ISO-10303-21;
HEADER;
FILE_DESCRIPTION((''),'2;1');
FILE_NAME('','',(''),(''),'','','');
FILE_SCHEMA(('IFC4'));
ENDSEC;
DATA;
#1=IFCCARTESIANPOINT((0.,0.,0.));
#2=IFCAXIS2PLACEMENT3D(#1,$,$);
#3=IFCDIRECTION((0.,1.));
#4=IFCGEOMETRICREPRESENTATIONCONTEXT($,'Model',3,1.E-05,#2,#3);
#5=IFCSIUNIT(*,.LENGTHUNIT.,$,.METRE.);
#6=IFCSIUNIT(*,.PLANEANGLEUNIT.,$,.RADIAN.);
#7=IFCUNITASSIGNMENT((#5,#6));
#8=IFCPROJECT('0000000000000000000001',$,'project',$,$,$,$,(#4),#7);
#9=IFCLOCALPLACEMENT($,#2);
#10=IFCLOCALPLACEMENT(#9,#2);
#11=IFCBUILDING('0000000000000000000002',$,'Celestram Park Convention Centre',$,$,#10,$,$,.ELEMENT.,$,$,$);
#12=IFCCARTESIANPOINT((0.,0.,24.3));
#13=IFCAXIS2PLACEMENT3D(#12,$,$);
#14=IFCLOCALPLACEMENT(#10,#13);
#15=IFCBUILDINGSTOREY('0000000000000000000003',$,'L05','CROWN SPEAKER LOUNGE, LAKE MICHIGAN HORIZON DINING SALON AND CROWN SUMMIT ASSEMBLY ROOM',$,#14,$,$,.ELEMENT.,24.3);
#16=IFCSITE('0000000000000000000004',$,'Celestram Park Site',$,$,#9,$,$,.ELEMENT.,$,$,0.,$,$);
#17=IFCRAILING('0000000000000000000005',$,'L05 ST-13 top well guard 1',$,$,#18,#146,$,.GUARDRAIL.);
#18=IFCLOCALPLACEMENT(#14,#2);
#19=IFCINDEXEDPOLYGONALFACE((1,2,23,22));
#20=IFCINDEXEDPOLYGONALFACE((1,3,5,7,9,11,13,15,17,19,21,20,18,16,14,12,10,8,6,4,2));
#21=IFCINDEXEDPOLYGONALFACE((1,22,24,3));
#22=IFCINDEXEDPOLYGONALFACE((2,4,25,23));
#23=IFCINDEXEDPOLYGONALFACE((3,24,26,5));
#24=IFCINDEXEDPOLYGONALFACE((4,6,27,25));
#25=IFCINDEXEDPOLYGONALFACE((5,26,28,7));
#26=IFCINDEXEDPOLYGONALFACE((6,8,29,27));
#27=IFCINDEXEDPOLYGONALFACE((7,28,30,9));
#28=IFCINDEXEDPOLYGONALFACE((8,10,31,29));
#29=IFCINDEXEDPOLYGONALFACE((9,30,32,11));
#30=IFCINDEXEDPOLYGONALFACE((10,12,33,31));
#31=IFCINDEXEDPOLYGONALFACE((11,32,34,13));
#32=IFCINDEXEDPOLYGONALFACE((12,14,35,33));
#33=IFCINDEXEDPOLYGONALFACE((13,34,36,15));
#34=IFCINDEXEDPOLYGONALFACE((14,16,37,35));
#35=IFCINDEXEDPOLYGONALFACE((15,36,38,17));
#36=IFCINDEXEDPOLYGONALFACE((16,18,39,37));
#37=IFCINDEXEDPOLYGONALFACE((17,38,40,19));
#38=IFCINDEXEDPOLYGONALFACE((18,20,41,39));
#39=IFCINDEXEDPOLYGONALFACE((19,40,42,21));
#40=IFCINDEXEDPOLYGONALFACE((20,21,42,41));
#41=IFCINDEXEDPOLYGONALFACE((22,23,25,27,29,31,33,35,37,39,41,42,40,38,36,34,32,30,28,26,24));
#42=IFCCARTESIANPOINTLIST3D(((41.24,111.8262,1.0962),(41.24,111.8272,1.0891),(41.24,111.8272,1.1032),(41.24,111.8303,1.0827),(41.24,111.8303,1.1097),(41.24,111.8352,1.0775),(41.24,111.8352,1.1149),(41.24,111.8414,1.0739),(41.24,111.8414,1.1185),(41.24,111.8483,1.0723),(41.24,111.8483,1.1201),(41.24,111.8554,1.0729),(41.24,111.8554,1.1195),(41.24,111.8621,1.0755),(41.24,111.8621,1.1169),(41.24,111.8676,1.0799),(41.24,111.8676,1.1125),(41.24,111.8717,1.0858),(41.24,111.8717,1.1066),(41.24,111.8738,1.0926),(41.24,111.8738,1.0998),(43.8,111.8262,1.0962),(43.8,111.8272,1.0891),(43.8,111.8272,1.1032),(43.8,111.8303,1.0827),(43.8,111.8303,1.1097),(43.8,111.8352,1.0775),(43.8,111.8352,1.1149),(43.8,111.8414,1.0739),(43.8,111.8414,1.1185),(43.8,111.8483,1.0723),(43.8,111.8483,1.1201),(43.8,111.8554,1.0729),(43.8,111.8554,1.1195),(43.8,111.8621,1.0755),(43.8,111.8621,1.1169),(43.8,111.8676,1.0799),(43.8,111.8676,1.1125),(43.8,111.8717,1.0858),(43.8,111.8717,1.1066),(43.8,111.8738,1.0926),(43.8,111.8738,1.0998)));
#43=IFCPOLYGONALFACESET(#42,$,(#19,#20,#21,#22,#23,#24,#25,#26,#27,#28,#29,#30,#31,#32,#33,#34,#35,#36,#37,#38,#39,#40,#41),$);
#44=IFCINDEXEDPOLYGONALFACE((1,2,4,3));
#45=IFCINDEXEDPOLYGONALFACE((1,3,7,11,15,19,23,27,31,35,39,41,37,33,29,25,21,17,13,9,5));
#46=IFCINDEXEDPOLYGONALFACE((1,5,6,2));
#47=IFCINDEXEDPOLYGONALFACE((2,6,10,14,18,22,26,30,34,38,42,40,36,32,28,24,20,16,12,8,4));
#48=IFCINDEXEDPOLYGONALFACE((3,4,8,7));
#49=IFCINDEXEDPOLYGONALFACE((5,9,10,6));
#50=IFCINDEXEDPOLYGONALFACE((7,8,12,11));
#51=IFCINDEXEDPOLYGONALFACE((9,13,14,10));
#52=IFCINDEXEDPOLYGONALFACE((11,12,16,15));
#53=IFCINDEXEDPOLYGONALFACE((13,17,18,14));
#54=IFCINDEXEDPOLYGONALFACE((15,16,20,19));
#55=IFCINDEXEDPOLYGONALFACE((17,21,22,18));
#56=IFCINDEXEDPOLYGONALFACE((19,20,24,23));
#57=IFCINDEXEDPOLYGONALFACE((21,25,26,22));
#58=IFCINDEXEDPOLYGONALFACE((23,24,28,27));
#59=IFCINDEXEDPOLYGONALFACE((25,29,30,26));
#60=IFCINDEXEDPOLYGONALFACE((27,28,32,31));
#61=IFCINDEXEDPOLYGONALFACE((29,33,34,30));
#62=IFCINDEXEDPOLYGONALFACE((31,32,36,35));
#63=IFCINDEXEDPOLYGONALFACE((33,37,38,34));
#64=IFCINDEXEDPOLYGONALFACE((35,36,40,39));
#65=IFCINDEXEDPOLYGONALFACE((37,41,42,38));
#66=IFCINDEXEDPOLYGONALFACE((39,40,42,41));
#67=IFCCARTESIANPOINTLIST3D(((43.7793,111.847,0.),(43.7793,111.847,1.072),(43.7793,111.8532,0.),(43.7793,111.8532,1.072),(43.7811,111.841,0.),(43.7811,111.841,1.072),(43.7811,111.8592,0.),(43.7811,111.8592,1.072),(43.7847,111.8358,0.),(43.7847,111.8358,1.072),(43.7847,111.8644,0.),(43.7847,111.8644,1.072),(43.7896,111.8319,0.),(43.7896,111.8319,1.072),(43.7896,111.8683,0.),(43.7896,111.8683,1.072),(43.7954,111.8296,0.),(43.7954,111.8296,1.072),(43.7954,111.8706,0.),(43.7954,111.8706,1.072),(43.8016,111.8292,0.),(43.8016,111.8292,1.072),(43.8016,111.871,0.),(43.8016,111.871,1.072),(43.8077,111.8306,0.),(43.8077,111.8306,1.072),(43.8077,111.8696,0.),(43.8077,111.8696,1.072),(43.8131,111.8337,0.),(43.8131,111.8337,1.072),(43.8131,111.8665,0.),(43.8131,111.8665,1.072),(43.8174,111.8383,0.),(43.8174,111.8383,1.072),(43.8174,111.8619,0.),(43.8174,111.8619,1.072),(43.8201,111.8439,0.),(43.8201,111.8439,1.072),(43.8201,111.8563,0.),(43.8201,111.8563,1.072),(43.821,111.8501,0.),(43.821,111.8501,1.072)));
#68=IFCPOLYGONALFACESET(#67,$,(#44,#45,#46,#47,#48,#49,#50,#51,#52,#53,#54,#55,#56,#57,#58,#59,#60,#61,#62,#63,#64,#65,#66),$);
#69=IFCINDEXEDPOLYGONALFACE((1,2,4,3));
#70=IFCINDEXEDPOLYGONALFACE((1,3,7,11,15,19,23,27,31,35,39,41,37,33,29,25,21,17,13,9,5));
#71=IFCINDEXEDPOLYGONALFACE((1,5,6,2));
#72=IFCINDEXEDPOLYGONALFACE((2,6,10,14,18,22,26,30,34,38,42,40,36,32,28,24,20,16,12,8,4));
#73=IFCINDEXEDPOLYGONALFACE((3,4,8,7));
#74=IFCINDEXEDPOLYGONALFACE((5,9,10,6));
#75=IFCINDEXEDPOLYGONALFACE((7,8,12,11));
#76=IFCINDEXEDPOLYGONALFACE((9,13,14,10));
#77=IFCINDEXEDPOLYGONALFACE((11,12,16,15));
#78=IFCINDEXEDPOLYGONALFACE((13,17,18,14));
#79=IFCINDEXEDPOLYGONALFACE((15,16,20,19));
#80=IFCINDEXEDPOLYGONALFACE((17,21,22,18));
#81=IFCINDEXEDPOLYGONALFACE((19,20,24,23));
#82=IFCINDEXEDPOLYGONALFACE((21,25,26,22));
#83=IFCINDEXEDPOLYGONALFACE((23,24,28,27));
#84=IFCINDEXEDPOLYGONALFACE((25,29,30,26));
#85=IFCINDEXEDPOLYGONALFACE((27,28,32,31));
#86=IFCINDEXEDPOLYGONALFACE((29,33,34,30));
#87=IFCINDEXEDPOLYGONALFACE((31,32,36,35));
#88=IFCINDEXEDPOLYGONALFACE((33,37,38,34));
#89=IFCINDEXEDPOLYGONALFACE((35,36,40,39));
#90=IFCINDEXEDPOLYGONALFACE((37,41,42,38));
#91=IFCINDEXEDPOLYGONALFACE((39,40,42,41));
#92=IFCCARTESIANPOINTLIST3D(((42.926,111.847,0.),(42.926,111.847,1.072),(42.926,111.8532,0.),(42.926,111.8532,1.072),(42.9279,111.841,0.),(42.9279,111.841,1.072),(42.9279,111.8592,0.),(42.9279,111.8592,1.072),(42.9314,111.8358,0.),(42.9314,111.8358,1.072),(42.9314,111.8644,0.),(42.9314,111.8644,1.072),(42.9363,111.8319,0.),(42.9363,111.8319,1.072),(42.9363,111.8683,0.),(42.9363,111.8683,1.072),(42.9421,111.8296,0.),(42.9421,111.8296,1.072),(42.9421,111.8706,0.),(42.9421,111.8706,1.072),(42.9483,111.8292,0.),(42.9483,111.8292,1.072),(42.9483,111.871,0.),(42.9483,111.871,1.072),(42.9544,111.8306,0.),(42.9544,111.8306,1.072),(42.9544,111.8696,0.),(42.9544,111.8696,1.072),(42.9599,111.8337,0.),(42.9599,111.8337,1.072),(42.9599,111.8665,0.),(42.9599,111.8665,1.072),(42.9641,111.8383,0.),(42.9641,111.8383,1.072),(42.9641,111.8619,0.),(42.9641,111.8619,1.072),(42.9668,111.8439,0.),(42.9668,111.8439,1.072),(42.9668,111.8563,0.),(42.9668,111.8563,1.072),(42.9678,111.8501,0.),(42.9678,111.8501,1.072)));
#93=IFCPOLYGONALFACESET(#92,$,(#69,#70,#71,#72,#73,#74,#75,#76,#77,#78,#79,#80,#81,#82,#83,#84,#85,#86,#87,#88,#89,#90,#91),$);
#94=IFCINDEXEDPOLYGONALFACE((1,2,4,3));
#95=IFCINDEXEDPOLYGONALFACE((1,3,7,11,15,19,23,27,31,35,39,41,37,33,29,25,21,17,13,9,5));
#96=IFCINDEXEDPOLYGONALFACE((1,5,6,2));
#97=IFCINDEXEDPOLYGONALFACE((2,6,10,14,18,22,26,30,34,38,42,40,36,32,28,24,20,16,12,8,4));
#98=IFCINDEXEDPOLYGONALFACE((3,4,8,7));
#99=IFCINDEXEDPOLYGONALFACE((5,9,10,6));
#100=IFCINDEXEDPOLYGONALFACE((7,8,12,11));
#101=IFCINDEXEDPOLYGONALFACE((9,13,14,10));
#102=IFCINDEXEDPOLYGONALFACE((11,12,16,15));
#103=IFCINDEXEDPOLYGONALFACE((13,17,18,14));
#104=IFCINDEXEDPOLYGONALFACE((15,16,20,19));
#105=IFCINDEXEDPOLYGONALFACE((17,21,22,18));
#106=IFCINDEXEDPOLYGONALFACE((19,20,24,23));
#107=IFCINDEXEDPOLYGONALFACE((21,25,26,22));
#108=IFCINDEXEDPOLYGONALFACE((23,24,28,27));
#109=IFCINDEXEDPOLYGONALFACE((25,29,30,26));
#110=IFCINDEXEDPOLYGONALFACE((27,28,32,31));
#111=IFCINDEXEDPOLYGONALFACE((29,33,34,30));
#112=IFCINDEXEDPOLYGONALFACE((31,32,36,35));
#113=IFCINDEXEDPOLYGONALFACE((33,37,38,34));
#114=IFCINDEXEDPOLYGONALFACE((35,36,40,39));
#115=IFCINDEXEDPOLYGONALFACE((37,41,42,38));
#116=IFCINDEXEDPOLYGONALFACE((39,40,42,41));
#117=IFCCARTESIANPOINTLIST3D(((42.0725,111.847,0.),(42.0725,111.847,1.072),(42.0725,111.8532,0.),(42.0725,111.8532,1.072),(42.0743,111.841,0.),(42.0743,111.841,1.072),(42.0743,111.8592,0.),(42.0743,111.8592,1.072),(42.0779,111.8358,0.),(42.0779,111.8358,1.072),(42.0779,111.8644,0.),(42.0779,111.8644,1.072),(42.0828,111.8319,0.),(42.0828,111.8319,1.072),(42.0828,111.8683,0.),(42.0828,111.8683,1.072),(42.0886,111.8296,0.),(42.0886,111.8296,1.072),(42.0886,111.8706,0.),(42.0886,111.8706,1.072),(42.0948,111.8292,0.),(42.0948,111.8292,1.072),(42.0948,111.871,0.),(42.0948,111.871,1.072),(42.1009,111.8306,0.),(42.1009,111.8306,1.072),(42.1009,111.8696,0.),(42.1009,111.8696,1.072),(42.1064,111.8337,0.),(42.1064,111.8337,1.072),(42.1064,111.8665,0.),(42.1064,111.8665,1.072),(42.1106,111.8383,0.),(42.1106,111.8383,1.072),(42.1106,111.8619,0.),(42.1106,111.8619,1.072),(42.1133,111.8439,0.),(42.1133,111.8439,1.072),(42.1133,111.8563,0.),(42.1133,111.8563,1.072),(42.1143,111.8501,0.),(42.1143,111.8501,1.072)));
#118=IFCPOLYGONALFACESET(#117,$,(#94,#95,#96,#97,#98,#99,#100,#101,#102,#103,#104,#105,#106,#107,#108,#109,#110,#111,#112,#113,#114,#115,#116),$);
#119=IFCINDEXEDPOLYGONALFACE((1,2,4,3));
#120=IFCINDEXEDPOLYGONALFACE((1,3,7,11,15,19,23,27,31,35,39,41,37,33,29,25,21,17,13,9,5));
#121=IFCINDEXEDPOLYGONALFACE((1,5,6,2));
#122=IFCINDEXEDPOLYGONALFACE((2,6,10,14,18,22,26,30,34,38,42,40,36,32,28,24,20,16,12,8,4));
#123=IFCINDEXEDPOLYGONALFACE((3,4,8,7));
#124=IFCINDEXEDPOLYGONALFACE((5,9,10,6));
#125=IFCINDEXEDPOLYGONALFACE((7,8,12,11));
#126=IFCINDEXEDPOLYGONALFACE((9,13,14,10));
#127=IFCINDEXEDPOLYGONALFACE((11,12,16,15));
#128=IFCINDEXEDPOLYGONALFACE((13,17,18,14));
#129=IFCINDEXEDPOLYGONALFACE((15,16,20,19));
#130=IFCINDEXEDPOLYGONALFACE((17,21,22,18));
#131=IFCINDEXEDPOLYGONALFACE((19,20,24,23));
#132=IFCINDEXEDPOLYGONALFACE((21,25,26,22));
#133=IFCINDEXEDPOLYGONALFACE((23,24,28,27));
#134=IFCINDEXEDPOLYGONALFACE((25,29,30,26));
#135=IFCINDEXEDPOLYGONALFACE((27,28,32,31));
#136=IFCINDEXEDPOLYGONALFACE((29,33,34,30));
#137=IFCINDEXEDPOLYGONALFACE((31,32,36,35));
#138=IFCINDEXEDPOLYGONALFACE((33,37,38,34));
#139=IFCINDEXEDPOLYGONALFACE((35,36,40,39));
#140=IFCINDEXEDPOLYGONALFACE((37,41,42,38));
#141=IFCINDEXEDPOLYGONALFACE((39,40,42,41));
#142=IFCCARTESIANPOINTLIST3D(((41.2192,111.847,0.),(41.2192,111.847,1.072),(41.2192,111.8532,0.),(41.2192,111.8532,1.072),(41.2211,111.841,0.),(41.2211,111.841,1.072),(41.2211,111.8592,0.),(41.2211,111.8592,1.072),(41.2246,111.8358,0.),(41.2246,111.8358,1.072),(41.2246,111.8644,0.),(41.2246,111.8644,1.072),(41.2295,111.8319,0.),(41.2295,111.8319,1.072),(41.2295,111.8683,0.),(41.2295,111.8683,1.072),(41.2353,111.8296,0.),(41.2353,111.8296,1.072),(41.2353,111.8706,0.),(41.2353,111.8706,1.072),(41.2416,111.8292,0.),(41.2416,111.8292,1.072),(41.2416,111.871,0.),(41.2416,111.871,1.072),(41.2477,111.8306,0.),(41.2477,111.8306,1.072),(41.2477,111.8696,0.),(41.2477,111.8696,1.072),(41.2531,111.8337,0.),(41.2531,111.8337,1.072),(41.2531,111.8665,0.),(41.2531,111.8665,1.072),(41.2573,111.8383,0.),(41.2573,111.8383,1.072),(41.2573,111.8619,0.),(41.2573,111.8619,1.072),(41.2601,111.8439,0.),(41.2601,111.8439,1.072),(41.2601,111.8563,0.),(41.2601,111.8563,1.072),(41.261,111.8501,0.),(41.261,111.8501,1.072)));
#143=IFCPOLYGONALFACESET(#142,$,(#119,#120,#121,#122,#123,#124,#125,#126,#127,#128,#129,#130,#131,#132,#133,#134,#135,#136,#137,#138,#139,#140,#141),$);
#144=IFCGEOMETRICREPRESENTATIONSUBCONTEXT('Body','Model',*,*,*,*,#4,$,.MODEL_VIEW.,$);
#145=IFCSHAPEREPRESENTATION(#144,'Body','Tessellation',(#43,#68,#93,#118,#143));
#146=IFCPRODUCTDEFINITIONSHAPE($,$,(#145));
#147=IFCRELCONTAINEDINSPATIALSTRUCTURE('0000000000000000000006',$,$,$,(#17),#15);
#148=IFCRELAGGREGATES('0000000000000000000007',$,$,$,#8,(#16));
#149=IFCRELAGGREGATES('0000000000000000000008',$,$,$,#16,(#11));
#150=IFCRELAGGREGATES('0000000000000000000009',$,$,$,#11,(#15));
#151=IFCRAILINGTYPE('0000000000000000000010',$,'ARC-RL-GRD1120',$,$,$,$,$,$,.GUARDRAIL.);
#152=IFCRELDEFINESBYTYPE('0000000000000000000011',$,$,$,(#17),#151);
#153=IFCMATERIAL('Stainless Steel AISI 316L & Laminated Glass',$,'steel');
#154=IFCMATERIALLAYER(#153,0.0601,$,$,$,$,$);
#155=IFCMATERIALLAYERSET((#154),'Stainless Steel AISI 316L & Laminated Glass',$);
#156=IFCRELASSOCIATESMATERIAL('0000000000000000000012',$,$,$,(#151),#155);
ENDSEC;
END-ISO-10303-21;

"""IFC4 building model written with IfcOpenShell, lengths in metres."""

from ifc_helpers import new_model, si_unit, direction, frame, origin, origin_2d, place, context, subcontext, project, spatial, circle, extrude, material, layer, layer_set, type_object, element, save


model = new_model("IFC4")

# Units and contexts
model_context = context("Model", 3, precision=1e-05, world=origin(), true_north=direction((0.0, 1.0)))
body_context = subcontext(model_context, "Body", "Model", "MODEL_VIEW")
ifc_project = project(units=[si_unit("LENGTHUNIT", "METRE"), si_unit("PLANEANGLEUNIT", "RADIAN")], contexts=[model_context])

# Site, building, storey
site_placement = place(None, origin())
site = spatial("IfcSite", under=ifc_project, at=site_placement, Name="Celestram Park Site", CompositionType="ELEMENT", RefElevation=0.0)
building_placement = place(site_placement, origin())
building = spatial("IfcBuilding", under=site, at=building_placement, Name="Celestram Park Convention Centre", CompositionType="ELEMENT")
storey_placement = place(building_placement, frame((0.0, 0.0, 24.3)))
storey = spatial("IfcBuildingStorey", under=building, at=storey_placement, Name="L05", Description="CROWN SPEAKER LOUNGE, LAKE MICHIGAN HORIZON DINING SALON AND CROWN SUMMIT ASSEMBLY ROOM", CompositionType="ELEMENT", Elevation=24.3)

# Railing
ifc_material_1 = material(Name="Stainless Steel AISI 316L & Laminated Glass", Category="steel")
ifc_layer_1 = layer(ifc_material_1, 0.0601)
ifc_layer_set_1 = layer_set([ifc_layer_1], Name="Stainless Steel AISI 316L & Laminated Glass")
railing_type = type_object("IfcRailingType", Name="ARC-RL-GRD1120", PredefinedType="GUARDRAIL", material=ifc_layer_set_1)
railing_placement = place(storey_placement, frame((43.8, 111.8501, 0.0)))
element("IfcRailing", 1, at=railing_placement, inside=storey, type_object=railing_type, Name="L05 ST-13 top well guard 1", PredefinedType="GUARDRAIL", context=body_context, shape_type="SweptSolid", body=[
    extrude(circle(Radius=0.0239, at=origin_2d()), frame((0.0, 0.0, 1.0962), z_axis=(-1.0, 0.0, 0.0), x_axis=(0.0, -1.0, 0.0)), (0.0, 0.0, 1.0), 2.5601),
    extrude(circle(Radius=0.021, at=origin_2d()), origin(), (0.0, 0.0, 1.0), 1.072),
    extrude(circle(Radius=0.021, at=origin_2d()), frame((-0.8533, 0.0, 0.0)), (0.0, 0.0, 1.0), 1.072),
    extrude(circle(Radius=0.021, at=origin_2d()), frame((-1.7068, 0.0, 0.0)), (0.0, 0.0, 1.0), 1.072),
    extrude(circle(Radius=0.021, at=origin_2d()), frame((-2.5601, 0.0, 0.0)), (0.0, 0.0, 1.0), 1.072),
])

save(model, "model.ifc")
